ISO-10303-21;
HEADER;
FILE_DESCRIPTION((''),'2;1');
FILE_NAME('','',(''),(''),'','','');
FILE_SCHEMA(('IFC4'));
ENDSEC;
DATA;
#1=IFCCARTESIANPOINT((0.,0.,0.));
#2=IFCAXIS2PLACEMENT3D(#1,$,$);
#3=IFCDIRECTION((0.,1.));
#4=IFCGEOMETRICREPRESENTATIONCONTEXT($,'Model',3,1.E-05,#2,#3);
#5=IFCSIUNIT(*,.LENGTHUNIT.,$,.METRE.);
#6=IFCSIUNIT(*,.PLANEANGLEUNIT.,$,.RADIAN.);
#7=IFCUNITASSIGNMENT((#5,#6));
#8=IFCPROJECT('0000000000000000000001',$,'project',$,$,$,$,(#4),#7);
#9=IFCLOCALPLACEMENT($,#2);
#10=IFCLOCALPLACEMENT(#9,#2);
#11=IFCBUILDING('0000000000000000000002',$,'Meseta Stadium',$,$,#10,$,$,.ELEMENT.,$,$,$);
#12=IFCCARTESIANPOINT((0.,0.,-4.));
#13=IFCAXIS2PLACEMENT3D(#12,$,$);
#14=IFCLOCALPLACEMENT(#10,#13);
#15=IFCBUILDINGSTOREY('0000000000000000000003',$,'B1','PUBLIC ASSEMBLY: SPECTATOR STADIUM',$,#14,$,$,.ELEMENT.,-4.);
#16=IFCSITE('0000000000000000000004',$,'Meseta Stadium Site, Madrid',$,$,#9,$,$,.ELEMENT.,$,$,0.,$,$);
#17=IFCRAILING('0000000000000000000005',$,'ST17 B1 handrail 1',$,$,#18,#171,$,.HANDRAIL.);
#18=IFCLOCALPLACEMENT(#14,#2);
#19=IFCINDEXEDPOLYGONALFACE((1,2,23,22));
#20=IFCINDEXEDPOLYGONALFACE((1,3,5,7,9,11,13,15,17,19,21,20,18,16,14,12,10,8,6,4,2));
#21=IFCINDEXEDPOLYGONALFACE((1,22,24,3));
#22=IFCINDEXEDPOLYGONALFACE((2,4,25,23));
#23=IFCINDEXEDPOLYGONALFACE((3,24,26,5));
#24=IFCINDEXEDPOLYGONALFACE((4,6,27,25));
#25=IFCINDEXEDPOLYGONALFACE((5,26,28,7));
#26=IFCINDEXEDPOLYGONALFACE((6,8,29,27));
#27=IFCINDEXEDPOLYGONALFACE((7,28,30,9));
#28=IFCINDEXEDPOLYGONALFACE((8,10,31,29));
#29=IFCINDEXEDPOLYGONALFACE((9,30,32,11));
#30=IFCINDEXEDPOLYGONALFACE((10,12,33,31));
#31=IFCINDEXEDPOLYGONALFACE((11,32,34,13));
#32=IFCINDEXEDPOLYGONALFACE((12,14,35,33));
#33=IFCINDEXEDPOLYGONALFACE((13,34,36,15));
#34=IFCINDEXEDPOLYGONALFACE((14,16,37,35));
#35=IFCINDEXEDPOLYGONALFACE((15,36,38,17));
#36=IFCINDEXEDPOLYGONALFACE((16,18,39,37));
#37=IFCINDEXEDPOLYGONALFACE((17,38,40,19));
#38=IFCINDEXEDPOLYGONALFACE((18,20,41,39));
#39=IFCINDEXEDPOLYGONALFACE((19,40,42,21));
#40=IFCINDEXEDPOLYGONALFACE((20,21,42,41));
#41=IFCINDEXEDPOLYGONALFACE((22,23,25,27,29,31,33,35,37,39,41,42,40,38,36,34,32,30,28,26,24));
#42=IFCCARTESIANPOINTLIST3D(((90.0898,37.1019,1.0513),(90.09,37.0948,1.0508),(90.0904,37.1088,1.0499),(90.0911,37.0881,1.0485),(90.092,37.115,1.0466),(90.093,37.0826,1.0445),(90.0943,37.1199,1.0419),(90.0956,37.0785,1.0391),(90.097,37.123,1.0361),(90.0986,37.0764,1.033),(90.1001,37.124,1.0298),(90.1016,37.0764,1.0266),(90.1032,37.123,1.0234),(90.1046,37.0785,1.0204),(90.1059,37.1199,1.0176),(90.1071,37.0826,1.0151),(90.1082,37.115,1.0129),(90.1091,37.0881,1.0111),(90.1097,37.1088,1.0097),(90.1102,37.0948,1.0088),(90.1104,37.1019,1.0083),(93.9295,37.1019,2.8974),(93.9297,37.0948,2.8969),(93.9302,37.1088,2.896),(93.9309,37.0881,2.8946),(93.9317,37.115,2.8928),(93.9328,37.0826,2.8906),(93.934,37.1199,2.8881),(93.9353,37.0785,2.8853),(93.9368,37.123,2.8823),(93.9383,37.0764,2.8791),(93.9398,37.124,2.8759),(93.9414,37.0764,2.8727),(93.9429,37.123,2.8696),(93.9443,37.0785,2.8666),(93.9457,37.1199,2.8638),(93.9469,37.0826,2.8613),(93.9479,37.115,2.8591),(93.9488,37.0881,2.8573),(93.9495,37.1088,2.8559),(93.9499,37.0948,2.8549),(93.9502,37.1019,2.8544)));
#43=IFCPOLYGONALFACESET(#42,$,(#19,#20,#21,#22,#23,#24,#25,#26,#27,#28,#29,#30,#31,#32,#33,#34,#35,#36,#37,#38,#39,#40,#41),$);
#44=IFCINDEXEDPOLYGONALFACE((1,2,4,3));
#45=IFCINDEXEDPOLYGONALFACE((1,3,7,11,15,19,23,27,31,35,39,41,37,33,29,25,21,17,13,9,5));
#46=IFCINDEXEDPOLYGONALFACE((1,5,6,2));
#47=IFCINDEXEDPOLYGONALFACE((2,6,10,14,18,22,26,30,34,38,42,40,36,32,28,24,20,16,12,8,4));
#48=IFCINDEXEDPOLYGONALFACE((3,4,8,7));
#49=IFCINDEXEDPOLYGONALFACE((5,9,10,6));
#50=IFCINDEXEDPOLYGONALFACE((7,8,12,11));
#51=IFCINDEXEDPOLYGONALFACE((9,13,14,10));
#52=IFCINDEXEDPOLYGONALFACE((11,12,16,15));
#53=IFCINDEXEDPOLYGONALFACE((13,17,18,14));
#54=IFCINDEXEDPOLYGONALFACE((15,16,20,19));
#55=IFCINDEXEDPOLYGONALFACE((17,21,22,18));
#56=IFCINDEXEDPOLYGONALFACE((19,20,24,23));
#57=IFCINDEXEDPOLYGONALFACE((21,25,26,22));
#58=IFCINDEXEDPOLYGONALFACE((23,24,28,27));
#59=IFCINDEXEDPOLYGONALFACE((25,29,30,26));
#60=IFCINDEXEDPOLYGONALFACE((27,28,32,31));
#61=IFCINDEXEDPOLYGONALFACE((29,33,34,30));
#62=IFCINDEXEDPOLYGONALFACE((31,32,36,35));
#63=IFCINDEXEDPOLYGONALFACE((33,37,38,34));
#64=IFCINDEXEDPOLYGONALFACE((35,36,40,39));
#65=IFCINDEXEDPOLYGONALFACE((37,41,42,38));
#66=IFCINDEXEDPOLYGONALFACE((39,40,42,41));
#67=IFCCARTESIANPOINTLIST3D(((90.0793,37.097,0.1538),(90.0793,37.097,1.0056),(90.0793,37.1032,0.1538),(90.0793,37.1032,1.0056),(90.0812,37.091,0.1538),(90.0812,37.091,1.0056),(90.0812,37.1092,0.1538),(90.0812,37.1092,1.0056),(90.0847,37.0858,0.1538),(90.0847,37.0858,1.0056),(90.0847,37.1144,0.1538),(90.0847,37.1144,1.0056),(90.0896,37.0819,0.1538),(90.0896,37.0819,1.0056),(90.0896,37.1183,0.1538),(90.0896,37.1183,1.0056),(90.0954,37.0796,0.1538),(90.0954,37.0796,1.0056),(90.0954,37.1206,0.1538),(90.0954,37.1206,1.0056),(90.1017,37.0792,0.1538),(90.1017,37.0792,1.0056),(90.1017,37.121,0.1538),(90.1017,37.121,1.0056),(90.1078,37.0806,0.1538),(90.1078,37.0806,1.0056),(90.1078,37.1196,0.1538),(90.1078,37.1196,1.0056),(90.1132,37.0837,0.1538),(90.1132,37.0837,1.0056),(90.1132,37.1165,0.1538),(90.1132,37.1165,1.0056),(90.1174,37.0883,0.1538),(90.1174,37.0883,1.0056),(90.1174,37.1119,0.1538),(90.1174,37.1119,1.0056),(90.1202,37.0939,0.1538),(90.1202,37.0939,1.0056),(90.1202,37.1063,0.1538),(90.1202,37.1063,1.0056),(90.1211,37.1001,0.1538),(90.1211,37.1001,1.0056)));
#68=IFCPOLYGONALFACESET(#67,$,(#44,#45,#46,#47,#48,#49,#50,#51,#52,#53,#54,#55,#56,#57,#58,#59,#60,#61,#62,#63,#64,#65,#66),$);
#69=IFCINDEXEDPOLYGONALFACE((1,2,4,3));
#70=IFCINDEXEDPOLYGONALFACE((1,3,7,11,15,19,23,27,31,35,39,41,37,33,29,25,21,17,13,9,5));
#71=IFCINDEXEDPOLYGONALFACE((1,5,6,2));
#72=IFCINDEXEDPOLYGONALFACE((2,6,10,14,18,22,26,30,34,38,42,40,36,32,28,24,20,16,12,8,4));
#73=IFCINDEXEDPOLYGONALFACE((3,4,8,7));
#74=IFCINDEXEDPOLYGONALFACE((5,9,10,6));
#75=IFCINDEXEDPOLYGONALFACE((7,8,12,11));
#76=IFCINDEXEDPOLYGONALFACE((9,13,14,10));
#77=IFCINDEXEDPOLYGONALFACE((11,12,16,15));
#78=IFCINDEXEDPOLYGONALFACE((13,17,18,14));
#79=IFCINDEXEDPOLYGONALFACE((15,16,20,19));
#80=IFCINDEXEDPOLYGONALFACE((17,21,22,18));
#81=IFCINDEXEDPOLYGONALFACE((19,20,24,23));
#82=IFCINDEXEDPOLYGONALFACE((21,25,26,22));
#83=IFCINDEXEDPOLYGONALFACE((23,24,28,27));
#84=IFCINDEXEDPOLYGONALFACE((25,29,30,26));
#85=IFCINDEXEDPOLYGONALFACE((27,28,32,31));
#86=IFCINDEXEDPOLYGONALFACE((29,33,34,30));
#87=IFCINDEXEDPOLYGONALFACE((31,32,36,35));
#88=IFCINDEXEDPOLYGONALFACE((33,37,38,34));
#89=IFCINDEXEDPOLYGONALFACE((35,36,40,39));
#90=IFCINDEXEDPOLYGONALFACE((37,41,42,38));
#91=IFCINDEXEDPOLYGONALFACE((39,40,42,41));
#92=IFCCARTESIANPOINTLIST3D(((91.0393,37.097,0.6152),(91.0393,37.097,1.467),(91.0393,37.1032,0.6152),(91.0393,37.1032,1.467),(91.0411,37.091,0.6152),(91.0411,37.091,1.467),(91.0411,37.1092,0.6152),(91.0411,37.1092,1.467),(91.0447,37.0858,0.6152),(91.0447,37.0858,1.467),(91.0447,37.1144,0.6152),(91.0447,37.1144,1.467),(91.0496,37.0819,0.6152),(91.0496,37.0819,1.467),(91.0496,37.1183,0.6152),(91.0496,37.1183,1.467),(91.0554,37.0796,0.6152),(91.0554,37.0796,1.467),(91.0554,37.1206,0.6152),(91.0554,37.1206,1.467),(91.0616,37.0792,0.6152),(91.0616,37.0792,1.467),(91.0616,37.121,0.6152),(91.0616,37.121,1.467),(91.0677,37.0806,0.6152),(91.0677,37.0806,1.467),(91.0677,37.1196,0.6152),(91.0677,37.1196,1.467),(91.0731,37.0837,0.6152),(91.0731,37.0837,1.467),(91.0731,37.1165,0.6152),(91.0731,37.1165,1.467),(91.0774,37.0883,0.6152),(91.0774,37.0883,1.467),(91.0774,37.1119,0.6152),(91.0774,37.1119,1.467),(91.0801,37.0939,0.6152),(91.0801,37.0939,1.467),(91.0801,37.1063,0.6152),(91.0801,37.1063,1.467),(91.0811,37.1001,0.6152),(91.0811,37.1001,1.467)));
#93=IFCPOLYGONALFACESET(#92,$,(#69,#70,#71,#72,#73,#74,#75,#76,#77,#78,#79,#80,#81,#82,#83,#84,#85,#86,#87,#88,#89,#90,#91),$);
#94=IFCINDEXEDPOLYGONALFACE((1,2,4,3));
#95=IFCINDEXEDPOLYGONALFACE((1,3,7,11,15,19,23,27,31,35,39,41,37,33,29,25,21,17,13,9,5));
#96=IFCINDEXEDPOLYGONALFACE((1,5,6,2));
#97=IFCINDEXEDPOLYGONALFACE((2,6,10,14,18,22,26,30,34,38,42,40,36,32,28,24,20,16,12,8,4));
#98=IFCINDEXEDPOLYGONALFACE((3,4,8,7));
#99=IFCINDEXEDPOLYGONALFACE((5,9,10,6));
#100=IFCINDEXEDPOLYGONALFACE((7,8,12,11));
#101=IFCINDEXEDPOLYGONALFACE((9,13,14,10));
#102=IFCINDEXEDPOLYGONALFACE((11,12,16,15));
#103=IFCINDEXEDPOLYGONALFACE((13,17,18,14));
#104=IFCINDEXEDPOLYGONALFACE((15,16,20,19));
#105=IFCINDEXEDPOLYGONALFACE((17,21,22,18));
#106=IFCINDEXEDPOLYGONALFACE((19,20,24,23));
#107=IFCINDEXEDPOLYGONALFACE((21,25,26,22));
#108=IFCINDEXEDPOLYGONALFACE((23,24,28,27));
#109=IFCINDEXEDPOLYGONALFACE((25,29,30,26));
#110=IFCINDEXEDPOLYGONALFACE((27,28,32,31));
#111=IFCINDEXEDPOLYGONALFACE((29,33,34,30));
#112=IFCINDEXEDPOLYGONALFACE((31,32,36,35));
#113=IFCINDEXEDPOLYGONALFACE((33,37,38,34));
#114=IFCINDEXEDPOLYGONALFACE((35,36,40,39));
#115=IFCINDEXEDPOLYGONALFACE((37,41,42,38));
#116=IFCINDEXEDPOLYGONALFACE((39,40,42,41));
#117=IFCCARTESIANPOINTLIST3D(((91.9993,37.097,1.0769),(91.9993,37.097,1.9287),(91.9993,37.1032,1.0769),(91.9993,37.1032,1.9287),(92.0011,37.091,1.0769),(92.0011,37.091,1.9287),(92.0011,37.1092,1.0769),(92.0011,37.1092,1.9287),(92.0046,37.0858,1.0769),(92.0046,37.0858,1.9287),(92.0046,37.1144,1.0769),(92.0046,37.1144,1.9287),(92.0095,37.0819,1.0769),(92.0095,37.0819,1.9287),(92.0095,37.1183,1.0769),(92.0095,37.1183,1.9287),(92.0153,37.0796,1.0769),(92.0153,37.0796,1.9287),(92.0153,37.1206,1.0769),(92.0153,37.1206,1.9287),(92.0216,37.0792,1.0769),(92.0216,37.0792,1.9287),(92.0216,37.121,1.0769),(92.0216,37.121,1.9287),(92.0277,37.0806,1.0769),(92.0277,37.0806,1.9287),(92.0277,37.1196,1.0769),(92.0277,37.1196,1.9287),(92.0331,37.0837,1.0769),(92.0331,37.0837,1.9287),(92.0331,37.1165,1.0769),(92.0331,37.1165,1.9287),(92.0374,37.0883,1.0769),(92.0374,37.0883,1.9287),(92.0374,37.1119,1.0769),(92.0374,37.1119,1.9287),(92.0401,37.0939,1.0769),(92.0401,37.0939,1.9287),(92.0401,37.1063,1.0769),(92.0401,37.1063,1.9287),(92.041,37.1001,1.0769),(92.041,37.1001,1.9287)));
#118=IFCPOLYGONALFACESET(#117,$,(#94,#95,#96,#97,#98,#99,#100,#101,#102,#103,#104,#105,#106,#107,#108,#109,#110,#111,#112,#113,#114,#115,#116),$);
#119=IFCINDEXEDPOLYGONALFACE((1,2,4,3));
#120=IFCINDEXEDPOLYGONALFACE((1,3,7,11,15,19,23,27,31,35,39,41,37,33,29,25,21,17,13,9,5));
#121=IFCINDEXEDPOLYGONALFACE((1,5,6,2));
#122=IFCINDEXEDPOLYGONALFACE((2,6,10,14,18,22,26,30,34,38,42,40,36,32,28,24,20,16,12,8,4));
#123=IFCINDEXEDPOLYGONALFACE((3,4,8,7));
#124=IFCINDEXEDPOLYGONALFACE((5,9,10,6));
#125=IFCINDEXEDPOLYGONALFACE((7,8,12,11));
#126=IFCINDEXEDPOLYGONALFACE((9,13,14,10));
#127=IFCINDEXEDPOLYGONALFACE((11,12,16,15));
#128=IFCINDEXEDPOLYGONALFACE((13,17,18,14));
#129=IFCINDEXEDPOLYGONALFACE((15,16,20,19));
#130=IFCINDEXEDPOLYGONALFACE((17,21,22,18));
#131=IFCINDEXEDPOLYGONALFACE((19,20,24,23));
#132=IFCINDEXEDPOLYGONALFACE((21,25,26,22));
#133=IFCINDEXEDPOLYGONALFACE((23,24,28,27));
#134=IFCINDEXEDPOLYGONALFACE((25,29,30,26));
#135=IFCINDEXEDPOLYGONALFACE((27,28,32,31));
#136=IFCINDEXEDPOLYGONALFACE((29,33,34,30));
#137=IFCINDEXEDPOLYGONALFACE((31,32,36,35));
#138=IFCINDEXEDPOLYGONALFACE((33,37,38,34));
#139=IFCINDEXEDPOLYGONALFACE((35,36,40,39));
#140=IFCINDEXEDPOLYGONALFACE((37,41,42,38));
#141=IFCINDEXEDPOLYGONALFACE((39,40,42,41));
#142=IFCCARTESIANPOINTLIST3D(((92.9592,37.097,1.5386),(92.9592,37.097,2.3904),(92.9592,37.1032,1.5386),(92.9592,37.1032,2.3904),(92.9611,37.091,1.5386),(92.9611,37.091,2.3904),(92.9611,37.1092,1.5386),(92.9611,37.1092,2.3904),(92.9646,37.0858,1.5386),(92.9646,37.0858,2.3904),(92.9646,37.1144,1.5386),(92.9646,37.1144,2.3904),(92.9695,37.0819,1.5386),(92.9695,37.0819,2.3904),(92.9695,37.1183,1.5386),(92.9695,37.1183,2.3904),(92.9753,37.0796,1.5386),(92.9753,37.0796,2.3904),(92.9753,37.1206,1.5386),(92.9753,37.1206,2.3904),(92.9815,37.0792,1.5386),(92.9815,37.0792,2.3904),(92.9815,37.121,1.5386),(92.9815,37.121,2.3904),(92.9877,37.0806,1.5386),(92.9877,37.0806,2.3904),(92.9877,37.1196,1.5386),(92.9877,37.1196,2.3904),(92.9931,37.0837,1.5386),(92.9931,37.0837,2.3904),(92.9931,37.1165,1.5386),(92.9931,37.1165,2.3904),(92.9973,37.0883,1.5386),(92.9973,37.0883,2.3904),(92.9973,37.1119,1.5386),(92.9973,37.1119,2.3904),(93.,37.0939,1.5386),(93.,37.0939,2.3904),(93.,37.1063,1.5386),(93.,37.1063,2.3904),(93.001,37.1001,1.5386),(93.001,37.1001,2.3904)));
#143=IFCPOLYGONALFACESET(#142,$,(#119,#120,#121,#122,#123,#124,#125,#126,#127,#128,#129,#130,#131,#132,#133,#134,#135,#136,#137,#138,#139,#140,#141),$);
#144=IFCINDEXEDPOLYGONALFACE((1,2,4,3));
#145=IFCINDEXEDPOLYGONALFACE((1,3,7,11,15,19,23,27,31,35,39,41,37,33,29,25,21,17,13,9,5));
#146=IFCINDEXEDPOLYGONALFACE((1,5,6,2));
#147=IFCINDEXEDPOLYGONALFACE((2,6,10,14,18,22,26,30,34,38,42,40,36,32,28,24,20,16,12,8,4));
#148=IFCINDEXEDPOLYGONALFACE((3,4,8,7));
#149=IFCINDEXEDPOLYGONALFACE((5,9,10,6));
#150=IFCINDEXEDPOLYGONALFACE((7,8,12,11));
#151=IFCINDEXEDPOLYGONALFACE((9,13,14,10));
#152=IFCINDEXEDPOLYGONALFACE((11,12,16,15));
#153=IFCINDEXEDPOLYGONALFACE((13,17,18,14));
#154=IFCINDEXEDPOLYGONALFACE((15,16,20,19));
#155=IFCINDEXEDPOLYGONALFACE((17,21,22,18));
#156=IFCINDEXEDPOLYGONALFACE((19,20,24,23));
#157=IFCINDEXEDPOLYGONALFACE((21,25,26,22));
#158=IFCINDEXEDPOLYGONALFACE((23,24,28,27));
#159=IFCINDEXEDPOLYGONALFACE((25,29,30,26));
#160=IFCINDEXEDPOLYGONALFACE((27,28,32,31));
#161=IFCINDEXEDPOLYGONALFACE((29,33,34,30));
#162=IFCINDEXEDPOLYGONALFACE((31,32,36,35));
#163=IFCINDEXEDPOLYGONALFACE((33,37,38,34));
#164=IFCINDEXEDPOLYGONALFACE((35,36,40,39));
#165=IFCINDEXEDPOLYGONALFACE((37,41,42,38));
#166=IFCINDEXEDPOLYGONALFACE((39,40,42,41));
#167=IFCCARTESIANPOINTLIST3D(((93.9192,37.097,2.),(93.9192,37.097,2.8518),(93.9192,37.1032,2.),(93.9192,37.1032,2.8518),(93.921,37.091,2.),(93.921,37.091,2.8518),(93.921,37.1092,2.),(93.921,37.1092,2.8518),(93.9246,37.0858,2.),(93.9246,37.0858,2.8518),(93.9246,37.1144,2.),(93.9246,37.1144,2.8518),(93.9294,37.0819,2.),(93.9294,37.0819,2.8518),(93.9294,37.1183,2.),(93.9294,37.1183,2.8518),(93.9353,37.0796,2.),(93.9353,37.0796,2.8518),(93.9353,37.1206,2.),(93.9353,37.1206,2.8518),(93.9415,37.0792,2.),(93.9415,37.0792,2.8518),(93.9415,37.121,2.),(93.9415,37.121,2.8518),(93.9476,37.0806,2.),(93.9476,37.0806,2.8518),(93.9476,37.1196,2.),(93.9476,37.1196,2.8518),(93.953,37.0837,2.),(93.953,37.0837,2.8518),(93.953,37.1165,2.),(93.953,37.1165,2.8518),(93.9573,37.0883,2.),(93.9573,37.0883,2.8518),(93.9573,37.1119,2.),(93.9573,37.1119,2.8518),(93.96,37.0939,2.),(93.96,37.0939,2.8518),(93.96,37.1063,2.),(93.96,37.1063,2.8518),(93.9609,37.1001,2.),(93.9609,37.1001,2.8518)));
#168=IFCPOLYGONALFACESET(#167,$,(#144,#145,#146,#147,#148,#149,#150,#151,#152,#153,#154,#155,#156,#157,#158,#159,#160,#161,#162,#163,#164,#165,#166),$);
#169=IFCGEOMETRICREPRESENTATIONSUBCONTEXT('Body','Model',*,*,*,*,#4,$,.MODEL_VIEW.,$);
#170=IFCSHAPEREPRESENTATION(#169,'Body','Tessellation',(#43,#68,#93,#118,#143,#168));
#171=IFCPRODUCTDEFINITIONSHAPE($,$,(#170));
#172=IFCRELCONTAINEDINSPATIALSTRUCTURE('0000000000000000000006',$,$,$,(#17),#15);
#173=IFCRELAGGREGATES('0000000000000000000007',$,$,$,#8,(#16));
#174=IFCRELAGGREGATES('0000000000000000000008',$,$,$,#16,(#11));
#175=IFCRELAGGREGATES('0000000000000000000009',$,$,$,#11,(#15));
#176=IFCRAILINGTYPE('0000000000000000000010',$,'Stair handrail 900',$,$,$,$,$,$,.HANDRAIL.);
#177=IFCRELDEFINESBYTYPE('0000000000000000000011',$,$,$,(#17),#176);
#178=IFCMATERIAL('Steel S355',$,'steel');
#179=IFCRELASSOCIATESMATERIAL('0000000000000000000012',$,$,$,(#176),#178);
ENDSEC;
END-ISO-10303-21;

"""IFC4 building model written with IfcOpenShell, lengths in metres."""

from ifc_helpers import new_model, si_unit, direction, frame, origin, origin_2d, place, context, subcontext, project, spatial, circle, extrude, material, type_object, element, save


model = new_model("IFC4")

# Units and contexts
model_context = context("Model", 3, precision=1e-05, world=origin(), true_north=direction((0.0, 1.0)))
body_context = subcontext(model_context, "Body", "Model", "MODEL_VIEW")
ifc_project = project(units=[si_unit("LENGTHUNIT", "METRE"), si_unit("PLANEANGLEUNIT", "RADIAN")], contexts=[model_context])

# Site, building, storey
site_placement = place(None, origin())
site = spatial("IfcSite", under=ifc_project, at=site_placement, Name="Meseta Stadium Site, Madrid", CompositionType="ELEMENT", RefElevation=0.0)
building_placement = place(site_placement, origin())
building = spatial("IfcBuilding", under=site, at=building_placement, Name="Meseta Stadium", CompositionType="ELEMENT")
storey_placement = place(building_placement, frame((0.0, 0.0, -4.0)))
storey = spatial("IfcBuildingStorey", under=building, at=storey_placement, Name="B1", Description="PUBLIC ASSEMBLY: SPECTATOR STADIUM", CompositionType="ELEMENT", Elevation=-4.0)

# Railing
ifc_material_1 = material(Name="Steel S355", Category="steel")
railing_type_1 = type_object("IfcRailingType", Name="Stair handrail 900", PredefinedType="HANDRAIL", material=ifc_material_1)
for number, where, name in (
    (1, (90.1001, 37.1001, 0.1538), "ST17 B1 handrail 1"),
):
    element("IfcRailing", number, at=place(storey_placement, frame(where)), inside=storey, type_object=railing_type_1, Name=name, PredefinedType="HANDRAIL", context=body_context, shape_type="SweptSolid", body=[
        extrude(circle(Radius=0.0239, at=origin_2d()), frame((0.0, 0.0, 0.876), z_axis=(0.901242, 0.0, 0.433316), x_axis=(0.0, 1.0, 0.0)), (0.0, 0.0, 1.0), 4.2605),
        extrude(circle(Radius=0.021, at=origin_2d()), origin(), (0.0, 0.0, 1.0), 0.8518),
        extrude(circle(Radius=0.021, at=origin_2d()), frame((0.96, 0.0, 0.4614)), (0.0, 0.0, 1.0), 0.8518),
        extrude(circle(Radius=0.021, at=origin_2d()), frame((1.9199, 0.0, 0.9231)), (0.0, 0.0, 1.0), 0.8518),
        extrude(circle(Radius=0.021, at=origin_2d()), frame((2.8799, 0.0, 1.3848)), (0.0, 0.0, 1.0), 0.8518),
        extrude(circle(Radius=0.021, at=origin_2d()), frame((3.8398, 0.0, 1.8462)), (0.0, 0.0, 1.0), 0.8518),
    ])

save(model, "model.ifc")
